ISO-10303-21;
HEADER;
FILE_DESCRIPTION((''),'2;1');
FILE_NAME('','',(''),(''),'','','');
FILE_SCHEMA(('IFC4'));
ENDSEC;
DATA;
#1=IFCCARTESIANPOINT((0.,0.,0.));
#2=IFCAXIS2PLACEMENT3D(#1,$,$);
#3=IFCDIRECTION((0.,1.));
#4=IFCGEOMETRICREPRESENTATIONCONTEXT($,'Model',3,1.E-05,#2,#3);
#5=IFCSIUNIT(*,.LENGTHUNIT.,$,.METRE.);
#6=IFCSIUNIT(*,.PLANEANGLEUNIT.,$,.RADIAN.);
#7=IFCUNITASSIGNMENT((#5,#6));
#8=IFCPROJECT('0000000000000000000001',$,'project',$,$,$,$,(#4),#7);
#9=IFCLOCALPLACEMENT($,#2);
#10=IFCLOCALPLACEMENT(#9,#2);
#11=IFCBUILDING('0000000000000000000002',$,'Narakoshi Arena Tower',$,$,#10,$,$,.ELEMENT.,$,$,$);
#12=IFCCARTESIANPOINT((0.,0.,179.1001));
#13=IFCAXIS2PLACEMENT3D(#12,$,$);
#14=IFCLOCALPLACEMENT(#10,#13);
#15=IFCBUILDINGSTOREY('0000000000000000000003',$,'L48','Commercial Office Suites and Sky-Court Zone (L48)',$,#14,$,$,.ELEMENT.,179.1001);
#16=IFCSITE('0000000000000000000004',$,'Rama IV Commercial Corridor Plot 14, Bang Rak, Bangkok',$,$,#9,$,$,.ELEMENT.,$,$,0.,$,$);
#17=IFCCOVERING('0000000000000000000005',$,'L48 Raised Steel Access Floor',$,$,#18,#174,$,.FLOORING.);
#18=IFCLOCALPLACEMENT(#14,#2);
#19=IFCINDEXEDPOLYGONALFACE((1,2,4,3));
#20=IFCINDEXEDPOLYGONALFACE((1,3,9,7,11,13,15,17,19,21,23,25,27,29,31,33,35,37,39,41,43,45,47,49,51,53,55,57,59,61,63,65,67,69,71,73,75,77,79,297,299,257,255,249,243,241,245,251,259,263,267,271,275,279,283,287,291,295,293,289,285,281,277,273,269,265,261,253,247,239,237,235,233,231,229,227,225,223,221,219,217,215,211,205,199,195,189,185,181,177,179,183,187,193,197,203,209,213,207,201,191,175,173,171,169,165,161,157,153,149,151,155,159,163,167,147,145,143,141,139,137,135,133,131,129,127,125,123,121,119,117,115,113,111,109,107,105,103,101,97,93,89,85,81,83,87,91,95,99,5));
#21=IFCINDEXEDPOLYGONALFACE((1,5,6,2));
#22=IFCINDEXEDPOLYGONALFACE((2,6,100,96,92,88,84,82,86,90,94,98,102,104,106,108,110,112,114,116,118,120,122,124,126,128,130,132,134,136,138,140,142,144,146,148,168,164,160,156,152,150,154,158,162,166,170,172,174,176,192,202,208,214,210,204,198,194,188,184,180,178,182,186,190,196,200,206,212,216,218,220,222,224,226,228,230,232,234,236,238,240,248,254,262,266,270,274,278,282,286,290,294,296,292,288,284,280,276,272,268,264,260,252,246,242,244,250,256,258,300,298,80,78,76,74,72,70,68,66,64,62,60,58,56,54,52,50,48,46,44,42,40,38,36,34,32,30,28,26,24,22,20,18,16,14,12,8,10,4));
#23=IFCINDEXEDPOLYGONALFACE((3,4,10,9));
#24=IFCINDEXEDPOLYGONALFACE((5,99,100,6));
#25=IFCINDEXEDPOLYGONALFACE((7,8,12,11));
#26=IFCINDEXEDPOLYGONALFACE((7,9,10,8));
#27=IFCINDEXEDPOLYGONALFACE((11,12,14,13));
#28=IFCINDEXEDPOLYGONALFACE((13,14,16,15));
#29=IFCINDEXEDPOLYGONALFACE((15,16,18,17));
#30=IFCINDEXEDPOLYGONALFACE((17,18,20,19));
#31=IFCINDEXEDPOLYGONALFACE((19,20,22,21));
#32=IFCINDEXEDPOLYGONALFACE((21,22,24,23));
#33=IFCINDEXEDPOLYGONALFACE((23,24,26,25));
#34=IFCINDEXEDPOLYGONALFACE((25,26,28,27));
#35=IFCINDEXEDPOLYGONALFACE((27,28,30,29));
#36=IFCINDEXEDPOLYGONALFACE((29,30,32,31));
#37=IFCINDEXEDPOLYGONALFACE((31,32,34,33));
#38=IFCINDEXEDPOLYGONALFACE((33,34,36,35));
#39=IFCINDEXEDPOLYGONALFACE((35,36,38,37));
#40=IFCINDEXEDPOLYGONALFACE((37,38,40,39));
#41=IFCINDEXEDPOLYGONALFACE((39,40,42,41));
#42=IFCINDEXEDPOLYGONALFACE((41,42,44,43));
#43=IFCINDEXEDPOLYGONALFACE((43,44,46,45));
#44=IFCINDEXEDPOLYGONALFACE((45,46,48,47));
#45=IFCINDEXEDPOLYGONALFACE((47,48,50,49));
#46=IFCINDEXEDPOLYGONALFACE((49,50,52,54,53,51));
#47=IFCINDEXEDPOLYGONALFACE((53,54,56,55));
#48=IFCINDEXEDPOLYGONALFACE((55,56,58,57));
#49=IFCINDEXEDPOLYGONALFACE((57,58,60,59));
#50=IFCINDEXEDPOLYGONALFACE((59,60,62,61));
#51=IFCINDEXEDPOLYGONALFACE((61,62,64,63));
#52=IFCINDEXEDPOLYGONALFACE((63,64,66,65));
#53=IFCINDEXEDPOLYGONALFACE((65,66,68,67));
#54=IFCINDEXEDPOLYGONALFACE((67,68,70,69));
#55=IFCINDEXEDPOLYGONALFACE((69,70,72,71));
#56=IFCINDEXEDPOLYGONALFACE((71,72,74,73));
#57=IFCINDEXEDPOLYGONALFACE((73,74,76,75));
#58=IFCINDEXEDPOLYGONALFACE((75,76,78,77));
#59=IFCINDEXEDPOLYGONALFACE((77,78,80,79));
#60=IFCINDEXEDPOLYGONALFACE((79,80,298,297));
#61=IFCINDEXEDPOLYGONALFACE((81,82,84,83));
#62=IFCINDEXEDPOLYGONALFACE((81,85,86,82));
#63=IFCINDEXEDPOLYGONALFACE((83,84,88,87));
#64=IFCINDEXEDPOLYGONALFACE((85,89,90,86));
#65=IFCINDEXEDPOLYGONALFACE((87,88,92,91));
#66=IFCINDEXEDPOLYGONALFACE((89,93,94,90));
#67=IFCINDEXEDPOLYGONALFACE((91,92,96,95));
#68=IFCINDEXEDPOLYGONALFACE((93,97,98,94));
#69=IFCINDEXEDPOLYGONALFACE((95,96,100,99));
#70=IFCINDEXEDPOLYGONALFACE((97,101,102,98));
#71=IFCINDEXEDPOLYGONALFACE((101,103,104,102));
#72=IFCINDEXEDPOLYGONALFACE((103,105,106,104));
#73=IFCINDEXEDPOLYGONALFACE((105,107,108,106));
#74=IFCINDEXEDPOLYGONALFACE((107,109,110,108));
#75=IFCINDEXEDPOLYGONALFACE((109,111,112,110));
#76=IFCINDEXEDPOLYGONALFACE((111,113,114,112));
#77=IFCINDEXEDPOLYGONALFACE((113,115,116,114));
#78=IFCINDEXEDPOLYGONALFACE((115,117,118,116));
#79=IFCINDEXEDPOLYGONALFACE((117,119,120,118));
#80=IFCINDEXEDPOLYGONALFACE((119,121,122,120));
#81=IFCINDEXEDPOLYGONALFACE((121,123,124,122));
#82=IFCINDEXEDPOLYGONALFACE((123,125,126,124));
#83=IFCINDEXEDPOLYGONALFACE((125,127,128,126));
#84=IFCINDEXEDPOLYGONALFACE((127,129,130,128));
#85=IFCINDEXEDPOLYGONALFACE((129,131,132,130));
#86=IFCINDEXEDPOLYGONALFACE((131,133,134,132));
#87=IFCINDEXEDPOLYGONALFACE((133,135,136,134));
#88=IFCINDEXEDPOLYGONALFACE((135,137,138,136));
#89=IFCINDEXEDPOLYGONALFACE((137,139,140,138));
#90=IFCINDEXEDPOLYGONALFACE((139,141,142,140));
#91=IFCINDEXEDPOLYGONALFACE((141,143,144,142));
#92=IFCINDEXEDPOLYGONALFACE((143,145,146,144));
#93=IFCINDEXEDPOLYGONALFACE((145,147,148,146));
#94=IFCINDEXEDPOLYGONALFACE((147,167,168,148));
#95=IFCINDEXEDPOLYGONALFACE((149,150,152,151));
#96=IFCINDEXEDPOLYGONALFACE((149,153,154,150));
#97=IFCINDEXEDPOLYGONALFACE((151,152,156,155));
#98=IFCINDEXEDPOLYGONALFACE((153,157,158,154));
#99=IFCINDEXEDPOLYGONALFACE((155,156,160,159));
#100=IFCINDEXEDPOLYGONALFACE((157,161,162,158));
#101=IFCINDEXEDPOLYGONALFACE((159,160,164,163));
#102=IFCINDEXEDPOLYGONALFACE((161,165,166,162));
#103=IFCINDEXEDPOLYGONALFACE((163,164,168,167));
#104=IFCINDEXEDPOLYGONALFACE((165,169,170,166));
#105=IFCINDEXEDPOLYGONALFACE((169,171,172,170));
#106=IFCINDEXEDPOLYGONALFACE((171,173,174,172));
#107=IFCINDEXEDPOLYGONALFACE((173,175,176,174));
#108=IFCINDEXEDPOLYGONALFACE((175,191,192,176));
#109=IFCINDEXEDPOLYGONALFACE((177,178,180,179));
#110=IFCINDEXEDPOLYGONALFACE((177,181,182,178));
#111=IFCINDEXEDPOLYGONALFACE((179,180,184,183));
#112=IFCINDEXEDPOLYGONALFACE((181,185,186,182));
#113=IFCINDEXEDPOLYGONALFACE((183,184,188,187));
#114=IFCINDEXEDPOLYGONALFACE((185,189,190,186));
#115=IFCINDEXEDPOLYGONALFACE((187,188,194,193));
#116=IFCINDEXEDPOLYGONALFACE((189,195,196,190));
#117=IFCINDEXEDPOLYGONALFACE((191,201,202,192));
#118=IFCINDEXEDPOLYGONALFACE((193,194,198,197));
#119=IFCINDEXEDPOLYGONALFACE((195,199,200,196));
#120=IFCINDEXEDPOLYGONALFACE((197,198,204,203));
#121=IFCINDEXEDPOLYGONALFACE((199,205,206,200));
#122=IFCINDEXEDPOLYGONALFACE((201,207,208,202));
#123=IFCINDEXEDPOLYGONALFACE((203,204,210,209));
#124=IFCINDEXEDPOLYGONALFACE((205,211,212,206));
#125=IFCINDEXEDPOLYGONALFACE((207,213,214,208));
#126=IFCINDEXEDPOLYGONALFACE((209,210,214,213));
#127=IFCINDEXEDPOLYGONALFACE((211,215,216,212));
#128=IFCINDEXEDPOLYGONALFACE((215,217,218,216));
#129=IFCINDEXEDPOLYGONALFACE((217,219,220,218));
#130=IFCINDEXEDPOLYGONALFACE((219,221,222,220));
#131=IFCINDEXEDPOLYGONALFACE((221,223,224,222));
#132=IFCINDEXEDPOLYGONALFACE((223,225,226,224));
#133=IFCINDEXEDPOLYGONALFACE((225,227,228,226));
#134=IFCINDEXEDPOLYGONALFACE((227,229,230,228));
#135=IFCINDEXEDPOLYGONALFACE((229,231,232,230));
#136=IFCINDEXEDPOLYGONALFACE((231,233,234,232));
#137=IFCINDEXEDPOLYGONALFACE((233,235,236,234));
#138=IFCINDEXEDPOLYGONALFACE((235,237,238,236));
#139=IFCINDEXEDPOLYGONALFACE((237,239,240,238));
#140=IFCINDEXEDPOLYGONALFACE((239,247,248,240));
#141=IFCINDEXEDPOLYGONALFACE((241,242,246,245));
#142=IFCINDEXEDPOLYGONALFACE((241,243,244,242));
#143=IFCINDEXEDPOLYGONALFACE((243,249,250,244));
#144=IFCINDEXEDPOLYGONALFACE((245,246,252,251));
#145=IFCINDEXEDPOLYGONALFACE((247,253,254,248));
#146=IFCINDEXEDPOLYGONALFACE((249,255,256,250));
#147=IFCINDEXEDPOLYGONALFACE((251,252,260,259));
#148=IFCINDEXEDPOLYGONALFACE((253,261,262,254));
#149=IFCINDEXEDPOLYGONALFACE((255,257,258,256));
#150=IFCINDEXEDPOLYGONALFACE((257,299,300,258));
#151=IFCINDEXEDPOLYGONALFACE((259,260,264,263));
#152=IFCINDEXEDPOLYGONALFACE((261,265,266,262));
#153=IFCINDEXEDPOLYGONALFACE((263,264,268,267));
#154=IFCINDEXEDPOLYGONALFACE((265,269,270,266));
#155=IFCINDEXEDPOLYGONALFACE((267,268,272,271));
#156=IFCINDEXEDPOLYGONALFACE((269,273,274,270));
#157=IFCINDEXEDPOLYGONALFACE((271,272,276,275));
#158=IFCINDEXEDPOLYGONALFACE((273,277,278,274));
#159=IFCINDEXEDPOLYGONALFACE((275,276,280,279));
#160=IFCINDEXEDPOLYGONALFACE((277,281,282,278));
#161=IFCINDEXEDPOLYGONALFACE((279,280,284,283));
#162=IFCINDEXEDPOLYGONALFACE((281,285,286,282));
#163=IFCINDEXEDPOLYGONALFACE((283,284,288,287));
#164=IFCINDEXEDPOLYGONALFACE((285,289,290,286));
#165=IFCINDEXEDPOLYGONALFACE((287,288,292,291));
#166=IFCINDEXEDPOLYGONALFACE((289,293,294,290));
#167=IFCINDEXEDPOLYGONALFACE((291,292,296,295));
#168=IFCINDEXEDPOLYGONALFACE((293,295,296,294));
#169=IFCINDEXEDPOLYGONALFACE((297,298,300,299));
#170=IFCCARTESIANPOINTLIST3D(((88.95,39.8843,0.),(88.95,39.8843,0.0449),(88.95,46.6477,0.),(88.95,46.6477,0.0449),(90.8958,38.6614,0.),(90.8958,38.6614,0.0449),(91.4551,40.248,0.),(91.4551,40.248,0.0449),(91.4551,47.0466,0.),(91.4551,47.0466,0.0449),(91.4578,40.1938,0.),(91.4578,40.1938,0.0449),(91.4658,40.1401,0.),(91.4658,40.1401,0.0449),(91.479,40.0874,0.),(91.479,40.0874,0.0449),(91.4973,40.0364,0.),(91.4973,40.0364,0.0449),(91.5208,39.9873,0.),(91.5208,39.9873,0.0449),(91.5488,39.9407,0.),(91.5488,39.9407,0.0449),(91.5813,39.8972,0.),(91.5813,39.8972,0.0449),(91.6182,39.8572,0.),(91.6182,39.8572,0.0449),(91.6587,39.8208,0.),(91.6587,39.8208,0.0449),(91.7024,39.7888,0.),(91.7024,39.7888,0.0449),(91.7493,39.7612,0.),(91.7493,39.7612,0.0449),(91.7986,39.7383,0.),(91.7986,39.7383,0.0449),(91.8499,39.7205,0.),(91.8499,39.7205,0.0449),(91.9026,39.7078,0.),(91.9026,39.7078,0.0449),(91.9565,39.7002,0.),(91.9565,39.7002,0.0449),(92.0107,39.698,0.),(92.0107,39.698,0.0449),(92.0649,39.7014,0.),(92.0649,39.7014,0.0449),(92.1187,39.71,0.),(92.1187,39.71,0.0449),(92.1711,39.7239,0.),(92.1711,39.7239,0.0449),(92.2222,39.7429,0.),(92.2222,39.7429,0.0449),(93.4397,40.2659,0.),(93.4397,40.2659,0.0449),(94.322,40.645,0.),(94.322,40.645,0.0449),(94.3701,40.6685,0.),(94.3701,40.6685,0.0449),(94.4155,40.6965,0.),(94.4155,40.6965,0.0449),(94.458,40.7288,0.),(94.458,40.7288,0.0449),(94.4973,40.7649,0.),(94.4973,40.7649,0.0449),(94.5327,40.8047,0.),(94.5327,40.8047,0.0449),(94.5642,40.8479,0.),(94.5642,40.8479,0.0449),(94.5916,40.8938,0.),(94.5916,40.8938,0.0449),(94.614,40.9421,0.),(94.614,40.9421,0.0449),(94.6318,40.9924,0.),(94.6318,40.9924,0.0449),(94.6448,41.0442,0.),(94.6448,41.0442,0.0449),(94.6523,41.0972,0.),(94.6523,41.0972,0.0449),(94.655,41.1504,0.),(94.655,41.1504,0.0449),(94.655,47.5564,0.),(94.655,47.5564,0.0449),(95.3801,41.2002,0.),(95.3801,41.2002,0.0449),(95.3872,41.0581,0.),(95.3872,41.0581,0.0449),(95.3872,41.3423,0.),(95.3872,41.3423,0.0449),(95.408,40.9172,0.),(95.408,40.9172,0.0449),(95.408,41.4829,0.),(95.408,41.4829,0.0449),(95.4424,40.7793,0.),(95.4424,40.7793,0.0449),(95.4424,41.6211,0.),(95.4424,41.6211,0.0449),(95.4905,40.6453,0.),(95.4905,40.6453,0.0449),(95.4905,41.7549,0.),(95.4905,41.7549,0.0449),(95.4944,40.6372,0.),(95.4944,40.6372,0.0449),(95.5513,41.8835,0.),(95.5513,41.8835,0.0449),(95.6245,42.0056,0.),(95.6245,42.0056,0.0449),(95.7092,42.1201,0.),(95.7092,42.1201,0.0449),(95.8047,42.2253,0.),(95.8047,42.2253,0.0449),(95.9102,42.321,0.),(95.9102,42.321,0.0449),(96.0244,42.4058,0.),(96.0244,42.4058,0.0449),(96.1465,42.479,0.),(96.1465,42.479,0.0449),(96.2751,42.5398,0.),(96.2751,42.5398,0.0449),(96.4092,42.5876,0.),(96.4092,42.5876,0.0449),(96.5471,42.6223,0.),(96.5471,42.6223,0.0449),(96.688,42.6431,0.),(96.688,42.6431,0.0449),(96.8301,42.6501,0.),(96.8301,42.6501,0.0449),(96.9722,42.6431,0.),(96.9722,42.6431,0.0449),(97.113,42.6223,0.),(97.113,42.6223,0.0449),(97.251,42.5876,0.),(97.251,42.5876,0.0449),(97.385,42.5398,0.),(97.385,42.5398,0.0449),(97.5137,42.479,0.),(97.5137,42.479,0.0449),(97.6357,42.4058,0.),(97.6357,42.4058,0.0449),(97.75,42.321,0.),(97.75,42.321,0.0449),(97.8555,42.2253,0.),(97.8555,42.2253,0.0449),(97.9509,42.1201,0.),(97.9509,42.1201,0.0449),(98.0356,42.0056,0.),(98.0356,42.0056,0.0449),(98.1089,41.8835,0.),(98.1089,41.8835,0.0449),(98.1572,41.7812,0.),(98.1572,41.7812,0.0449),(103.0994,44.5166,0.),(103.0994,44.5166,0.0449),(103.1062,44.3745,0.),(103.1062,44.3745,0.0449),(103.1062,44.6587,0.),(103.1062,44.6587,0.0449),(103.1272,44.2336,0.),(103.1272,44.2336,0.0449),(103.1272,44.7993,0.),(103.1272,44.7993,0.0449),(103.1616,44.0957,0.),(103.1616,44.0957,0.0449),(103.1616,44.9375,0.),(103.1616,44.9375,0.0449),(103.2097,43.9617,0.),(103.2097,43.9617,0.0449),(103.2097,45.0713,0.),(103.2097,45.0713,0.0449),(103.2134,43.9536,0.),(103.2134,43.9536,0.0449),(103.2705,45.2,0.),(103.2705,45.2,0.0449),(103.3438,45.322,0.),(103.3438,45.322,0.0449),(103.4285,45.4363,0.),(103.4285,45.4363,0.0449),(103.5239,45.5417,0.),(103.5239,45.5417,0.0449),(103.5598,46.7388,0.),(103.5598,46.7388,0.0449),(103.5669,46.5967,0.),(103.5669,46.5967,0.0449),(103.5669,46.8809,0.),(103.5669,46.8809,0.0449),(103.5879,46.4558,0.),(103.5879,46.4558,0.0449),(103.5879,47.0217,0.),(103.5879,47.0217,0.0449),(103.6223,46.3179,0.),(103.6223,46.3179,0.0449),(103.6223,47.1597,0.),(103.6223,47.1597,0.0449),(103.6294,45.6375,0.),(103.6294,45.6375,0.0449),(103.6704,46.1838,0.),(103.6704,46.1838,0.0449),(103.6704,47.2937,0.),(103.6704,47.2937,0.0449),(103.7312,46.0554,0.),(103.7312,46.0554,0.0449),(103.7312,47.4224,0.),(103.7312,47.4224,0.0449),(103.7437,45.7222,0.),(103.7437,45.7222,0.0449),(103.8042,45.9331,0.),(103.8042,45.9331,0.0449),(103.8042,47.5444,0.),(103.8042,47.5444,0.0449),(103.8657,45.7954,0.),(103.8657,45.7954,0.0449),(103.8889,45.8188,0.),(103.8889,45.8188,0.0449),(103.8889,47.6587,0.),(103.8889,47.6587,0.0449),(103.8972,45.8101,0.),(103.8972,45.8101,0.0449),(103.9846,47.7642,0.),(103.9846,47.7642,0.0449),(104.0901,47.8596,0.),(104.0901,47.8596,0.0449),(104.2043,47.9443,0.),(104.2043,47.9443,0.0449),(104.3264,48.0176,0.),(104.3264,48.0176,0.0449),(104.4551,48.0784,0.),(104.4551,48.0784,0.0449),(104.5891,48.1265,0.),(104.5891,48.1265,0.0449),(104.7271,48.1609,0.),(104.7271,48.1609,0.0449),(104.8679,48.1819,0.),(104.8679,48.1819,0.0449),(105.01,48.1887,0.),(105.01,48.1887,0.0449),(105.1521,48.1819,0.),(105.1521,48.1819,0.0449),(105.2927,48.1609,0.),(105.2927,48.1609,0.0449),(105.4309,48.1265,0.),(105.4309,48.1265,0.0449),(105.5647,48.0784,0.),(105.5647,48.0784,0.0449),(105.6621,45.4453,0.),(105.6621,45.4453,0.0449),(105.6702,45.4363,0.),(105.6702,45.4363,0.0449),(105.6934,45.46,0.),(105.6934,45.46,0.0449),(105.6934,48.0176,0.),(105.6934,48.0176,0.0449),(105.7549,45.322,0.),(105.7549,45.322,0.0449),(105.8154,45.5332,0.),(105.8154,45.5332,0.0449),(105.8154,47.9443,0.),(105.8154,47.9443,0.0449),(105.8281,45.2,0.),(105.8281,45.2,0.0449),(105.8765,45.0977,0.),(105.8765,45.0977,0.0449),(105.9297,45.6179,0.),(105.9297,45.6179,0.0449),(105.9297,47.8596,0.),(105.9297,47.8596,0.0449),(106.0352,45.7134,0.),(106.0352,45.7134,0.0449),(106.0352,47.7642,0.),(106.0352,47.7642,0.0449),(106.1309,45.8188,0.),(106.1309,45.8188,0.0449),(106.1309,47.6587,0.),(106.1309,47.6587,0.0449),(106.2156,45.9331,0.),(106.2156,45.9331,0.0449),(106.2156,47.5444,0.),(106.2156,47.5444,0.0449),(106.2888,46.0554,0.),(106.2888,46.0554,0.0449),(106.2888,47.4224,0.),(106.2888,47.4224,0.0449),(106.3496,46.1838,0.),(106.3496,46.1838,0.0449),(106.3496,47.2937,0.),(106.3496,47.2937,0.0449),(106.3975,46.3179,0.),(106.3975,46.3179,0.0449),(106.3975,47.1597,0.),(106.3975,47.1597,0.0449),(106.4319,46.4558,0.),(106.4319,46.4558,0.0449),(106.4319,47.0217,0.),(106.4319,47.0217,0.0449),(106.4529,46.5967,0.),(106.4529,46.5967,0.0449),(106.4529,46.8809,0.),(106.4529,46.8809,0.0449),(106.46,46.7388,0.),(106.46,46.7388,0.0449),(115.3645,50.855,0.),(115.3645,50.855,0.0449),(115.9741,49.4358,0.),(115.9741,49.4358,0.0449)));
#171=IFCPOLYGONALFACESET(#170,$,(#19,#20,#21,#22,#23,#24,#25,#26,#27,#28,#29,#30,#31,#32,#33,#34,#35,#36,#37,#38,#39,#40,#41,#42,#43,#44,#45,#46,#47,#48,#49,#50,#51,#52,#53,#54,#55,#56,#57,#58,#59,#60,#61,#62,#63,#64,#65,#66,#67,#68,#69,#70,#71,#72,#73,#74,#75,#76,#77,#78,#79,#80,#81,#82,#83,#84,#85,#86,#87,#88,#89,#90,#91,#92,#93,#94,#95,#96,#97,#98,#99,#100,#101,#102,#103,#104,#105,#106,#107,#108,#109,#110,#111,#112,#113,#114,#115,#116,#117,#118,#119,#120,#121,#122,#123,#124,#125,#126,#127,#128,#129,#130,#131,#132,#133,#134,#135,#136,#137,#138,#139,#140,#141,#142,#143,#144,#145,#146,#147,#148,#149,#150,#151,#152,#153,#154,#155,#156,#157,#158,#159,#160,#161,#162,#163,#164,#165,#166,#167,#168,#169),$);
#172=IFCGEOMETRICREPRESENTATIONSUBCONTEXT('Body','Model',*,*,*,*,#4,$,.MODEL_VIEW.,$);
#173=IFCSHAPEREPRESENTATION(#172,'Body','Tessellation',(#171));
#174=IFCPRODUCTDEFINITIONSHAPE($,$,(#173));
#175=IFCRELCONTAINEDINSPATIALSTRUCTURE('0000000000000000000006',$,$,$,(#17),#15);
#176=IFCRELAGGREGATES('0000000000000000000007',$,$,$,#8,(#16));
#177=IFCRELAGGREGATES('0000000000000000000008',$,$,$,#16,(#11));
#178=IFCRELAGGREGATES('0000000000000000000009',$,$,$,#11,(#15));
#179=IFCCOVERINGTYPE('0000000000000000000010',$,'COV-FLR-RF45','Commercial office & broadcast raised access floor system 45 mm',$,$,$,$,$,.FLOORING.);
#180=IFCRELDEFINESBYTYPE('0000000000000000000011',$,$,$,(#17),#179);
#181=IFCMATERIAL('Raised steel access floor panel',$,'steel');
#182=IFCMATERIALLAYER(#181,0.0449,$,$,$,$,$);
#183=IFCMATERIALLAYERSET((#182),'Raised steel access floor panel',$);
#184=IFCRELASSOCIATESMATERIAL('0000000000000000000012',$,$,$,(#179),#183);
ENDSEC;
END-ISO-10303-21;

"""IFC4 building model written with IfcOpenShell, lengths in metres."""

from ifc_helpers import new_model, si_unit, direction, frame, origin, place, context, subcontext, project, spatial, polyline, outline, extrude, material, layer, layer_set, type_object, element, save


model = new_model("IFC4")

# Units and contexts
model_context = context("Model", 3, precision=1e-05, world=origin(), true_north=direction((0.0, 1.0)))
body_context = subcontext(model_context, "Body", "Model", "MODEL_VIEW")
ifc_project = project(units=[si_unit("LENGTHUNIT", "METRE"), si_unit("PLANEANGLEUNIT", "RADIAN")], contexts=[model_context])

# Site, building, storey
site_placement = place(None, origin())
site = spatial("IfcSite", under=ifc_project, at=site_placement, Name="Rama IV Commercial Corridor Plot 14, Bang Rak, Bangkok", CompositionType="ELEMENT", RefElevation=0.0)
building_placement = place(site_placement, origin())
building = spatial("IfcBuilding", under=site, at=building_placement, Name="Narakoshi Arena Tower", CompositionType="ELEMENT")
storey_placement = place(building_placement, frame((0.0, 0.0, 179.1001)))
storey = spatial("IfcBuildingStorey", under=building, at=storey_placement, Name="L48", Description="Commercial Office Suites and Sky-Court Zone (L48)", CompositionType="ELEMENT", Elevation=179.1001)

# Covering
ifc_material_1 = material(Name="Raised steel access floor panel", Category="steel")
ifc_layer_1 = layer(ifc_material_1, 0.0449)
ifc_layer_set_1 = layer_set([ifc_layer_1], Name="Raised steel access floor panel")
covering_type_1 = type_object("IfcCoveringType", Name="COV-FLR-RF45", Description="Commercial office & broadcast raised access floor system 45 mm", PredefinedType="FLOORING", material=ifc_layer_set_1)
covering_1_placement = place(storey_placement, origin())
element("IfcCovering", 1, at=covering_1_placement, inside=storey, type_object=covering_type_1, Name="L48 Raised Steel Access Floor", PredefinedType="FLOORING", context=body_context, shape_type="SweptSolid", body=[
    extrude(outline(polyline([(115.9741, 49.4358), (105.8765, 45.0977), (105.8281, 45.2), (105.7549, 45.322), (105.6702, 45.4363), (105.6621, 45.4453), (105.6934, 45.46), (105.8154, 45.5332), (105.9297, 45.6179), (106.0352, 45.7134), (106.1309, 45.8188), (106.2156, 45.9331), (106.2888, 46.0554), (106.3496, 46.1838), (106.3975, 46.3179), (106.4319, 46.4558), (106.4529, 46.5967), (106.46, 46.7388), (106.4529, 46.8809), (106.4319, 47.0217), (106.3975, 47.1597), (106.3496, 47.2937), (106.2888, 47.4224), (106.2156, 47.5444), (106.1309, 47.6587), (106.0352, 47.7642), (105.9297, 47.8596), (105.8154, 47.9443), (105.6934, 48.0176), (105.5647, 48.0784), (105.4309, 48.1265), (105.2927, 48.1609), (105.1521, 48.1819), (105.01, 48.1887), (104.8679, 48.1819), (104.7271, 48.1609), (104.5891, 48.1265), (104.4551, 48.0784), (104.3264, 48.0176), (104.2043, 47.9443), (104.0901, 47.8596), (103.9846, 47.7642), (103.8889, 47.6587), (103.8042, 47.5444), (103.7312, 47.4224), (103.6704, 47.2937), (103.6223, 47.1597), (103.5879, 47.0217), (103.5669, 46.8809), (103.5598, 46.7388), (103.5669, 46.5967), (103.5879, 46.4558), (103.6223, 46.3179), (103.6704, 46.1838), (103.7312, 46.0554), (103.8042, 45.9331), (103.8889, 45.8188), (103.8972, 45.8101), (103.8657, 45.7954), (103.7437, 45.7222), (103.6294, 45.6375), (103.5239, 45.5417), (103.4285, 45.4363), (103.3438, 45.322), (103.2705, 45.2), (103.2097, 45.0713), (103.1616, 44.9375), (103.1272, 44.7993), (103.1062, 44.6587), (103.0994, 44.5166), (103.1062, 44.3745), (103.1272, 44.2336), (103.1616, 44.0957), (103.2097, 43.9617), (103.2134, 43.9536), (98.1572, 41.7812), (98.1089, 41.8835), (98.0356, 42.0056), (97.9509, 42.1201), (97.8555, 42.2253), (97.75, 42.321), (97.6357, 42.4058), (97.5137, 42.479), (97.385, 42.5398), (97.251, 42.5876), (97.113, 42.6223), (96.9722, 42.6431), (96.8301, 42.6501), (96.688, 42.6431), (96.5471, 42.6223), (96.4092, 42.5876), (96.2751, 42.5398), (96.1465, 42.479), (96.0244, 42.4058), (95.9102, 42.321), (95.8047, 42.2253), (95.7092, 42.1201), (95.6245, 42.0056), (95.5513, 41.8835), (95.4905, 41.7549), (95.4424, 41.6211), (95.408, 41.4829), (95.3872, 41.3423), (95.3801, 41.2002), (95.3872, 41.0581), (95.408, 40.9172), (95.4424, 40.7793), (95.4905, 40.6453), (95.4944, 40.6372), (90.8958, 38.6614), (88.95, 39.8843), (88.95, 46.6477), (91.4551, 47.0466), (91.4551, 40.248), (91.4578, 40.1938), (91.4658, 40.1401), (91.479, 40.0874), (91.4973, 40.0364), (91.5208, 39.9873), (91.5488, 39.9407), (91.5813, 39.8972), (91.6182, 39.8572), (91.6587, 39.8208), (91.7024, 39.7888), (91.7493, 39.7612), (91.7986, 39.7383), (91.8499, 39.7205), (91.9026, 39.7078), (91.9565, 39.7002), (92.0107, 39.698), (92.0649, 39.7014), (92.1187, 39.71), (92.1711, 39.7239), (92.2222, 39.7429), (93.4397, 40.2659), (94.322, 40.645), (94.3701, 40.6685), (94.4155, 40.6965), (94.458, 40.7288), (94.4973, 40.7649), (94.5327, 40.8047), (94.5642, 40.8479), (94.5916, 40.8938), (94.614, 40.9421), (94.6318, 40.9924), (94.6448, 41.0442), (94.6523, 41.0972), (94.655, 41.1504), (94.655, 47.5564), (115.3645, 50.855), (115.9741, 49.4358)])), origin(), (0.0, 0.0, 1.0), 0.0449),
])

save(model, "model.ifc")
